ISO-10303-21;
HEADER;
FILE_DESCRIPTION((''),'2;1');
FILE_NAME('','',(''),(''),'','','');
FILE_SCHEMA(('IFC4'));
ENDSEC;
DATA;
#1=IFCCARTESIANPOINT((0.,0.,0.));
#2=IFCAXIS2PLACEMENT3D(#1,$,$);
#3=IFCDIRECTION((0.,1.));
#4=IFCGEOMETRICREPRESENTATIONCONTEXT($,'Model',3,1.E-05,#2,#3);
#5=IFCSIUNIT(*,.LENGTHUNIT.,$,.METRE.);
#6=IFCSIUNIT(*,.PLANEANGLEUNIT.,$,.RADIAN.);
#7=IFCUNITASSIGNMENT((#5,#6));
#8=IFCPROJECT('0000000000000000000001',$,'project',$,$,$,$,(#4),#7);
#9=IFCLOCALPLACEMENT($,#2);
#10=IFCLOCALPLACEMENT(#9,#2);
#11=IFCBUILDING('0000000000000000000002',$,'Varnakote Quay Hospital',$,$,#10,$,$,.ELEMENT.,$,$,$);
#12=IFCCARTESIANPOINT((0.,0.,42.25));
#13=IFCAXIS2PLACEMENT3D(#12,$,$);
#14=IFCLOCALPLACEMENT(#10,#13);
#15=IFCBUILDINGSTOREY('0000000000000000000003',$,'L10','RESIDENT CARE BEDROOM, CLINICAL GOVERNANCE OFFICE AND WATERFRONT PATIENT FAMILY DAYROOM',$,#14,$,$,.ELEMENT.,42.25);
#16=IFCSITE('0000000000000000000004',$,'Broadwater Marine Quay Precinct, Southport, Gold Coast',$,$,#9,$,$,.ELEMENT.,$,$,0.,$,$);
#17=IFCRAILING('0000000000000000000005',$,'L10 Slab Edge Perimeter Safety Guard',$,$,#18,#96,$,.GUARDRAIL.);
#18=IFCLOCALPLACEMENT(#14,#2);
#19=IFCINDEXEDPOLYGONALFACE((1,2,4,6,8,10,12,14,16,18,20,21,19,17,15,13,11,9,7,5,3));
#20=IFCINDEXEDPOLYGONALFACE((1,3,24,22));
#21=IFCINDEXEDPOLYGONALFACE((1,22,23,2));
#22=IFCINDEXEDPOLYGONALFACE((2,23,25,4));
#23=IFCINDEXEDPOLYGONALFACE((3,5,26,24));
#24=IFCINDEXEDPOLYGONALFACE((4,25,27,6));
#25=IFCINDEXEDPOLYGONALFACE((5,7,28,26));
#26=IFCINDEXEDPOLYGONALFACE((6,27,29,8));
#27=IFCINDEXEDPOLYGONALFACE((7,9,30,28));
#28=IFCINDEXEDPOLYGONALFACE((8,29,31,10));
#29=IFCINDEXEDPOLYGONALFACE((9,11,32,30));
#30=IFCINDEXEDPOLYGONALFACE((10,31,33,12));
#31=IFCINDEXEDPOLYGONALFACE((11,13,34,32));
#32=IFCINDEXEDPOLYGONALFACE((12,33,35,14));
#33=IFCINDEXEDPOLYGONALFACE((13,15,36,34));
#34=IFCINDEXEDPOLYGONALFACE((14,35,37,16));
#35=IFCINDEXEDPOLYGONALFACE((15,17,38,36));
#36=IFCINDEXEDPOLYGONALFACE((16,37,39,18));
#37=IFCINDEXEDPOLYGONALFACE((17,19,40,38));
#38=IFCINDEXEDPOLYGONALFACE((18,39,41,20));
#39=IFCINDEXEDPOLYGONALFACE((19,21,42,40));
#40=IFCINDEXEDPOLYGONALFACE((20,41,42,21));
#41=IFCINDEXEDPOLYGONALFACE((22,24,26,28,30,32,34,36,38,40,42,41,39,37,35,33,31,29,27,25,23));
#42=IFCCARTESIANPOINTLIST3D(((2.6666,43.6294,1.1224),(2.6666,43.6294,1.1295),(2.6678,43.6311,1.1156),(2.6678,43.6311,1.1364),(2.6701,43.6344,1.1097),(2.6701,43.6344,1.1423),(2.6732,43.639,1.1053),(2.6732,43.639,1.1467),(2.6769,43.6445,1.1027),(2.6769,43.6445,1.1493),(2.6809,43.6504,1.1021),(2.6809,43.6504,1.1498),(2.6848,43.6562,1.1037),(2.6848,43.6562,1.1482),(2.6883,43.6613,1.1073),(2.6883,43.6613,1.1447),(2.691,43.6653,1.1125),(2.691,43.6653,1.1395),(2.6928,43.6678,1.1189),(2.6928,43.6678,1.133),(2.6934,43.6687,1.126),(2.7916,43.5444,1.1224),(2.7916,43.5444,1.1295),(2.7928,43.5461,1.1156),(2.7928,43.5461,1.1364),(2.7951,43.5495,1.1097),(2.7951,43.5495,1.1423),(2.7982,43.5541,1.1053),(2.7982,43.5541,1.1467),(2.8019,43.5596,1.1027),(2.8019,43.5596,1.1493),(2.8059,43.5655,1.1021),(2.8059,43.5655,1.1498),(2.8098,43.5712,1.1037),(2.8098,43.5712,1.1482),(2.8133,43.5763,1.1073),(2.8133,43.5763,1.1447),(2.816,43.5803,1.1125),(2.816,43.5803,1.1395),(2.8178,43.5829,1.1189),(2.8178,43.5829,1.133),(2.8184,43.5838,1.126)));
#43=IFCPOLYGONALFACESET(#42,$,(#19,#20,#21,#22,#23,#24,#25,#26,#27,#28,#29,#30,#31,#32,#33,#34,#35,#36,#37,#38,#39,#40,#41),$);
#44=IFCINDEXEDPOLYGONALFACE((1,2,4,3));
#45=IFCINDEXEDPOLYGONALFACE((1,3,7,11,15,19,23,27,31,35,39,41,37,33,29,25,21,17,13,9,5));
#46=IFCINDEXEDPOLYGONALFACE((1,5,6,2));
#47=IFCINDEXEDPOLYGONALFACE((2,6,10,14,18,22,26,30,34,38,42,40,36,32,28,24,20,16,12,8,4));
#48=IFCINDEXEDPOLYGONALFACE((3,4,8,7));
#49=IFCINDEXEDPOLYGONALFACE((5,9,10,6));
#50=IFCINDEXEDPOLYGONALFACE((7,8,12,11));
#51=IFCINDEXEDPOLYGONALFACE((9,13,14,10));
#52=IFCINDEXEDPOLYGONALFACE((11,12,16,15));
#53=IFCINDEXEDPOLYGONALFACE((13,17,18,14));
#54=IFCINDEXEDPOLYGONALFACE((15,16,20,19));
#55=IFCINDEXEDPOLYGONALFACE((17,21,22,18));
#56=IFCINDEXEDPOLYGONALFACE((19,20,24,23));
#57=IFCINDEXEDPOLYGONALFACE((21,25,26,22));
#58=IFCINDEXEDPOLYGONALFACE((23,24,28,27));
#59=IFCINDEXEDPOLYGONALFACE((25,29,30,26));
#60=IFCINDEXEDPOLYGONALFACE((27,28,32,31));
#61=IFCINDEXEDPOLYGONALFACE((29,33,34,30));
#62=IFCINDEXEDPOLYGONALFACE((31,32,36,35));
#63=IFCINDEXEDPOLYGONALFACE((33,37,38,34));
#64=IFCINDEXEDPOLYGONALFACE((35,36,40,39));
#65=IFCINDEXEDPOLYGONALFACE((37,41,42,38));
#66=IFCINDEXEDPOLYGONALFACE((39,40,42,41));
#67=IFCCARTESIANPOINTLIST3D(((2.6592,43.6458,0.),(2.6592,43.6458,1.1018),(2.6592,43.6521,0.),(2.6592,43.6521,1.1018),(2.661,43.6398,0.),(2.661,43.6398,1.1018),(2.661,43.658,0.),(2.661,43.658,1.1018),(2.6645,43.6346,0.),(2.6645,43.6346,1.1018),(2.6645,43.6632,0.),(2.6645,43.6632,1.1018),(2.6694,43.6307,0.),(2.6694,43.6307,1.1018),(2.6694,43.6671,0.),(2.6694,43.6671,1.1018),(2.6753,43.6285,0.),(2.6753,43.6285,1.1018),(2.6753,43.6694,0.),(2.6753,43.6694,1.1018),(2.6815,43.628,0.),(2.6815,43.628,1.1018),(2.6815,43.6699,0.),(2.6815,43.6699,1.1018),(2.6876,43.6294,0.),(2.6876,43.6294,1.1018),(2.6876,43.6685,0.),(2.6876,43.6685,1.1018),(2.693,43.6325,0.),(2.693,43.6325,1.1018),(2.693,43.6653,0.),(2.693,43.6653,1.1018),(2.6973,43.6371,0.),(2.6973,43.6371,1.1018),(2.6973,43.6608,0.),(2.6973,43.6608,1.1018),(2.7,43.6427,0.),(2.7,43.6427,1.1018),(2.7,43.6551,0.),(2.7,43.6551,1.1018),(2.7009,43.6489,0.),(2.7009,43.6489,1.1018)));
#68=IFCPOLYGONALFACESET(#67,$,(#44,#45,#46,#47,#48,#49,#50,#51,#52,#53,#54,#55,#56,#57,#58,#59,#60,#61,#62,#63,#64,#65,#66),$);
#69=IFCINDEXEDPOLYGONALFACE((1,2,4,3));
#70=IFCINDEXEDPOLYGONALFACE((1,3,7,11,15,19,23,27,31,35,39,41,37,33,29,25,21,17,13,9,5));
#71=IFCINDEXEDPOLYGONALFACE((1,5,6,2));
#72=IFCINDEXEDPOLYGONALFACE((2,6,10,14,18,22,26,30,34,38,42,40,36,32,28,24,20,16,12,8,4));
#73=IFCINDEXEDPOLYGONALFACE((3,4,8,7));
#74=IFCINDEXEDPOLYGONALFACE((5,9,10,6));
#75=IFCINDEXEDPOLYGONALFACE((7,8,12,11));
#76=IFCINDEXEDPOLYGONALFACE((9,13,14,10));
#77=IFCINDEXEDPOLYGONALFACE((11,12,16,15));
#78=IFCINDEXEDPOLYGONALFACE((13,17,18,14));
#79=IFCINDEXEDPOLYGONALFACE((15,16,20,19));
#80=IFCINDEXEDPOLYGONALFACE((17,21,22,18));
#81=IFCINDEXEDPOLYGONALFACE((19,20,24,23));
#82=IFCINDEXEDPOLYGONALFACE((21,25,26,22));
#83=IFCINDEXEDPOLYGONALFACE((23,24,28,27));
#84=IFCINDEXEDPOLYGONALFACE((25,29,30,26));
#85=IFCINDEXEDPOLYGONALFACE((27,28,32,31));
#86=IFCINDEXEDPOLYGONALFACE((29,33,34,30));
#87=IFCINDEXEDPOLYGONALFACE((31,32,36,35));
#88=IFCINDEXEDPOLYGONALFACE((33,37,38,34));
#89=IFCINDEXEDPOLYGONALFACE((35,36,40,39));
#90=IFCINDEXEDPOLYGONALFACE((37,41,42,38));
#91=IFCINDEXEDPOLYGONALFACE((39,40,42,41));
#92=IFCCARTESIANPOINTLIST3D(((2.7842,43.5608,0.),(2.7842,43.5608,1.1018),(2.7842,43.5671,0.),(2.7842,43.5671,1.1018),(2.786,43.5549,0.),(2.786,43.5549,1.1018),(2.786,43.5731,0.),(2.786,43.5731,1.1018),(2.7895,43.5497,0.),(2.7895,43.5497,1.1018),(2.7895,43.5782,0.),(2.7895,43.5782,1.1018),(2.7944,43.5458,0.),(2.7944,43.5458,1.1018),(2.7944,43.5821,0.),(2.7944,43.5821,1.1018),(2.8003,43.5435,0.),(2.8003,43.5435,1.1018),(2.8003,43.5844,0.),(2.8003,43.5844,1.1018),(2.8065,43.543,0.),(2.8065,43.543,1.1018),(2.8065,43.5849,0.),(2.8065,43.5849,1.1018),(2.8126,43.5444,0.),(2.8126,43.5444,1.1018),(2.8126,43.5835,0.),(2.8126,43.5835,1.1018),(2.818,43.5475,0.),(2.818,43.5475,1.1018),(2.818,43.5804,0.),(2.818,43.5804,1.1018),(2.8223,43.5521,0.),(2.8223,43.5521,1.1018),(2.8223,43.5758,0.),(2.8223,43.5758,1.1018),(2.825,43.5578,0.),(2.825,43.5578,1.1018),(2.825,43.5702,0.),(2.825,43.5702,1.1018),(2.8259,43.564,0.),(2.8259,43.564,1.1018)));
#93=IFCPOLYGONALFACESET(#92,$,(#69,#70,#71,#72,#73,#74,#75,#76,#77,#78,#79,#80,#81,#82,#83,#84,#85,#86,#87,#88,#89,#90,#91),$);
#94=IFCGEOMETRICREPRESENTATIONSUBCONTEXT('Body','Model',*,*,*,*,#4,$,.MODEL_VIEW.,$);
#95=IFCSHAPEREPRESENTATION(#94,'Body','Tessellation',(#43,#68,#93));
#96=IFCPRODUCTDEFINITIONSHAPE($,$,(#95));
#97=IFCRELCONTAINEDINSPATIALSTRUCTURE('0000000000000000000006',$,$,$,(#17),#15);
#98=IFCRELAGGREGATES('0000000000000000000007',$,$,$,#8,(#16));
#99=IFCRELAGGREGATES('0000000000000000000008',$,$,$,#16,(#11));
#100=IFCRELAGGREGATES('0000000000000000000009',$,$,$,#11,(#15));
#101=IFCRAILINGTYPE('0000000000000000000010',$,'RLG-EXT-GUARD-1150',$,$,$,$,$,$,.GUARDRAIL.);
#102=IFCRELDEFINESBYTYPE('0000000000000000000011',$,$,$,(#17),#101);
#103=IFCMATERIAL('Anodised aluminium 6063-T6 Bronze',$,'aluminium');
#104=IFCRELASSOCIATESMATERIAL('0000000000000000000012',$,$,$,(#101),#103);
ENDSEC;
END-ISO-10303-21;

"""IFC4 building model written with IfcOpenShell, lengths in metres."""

from ifc_helpers import new_model, si_unit, direction, frame, origin, origin_2d, place, context, subcontext, project, spatial, circle, extrude, material, type_object, element, save


model = new_model("IFC4")

# Units and contexts
model_context = context("Model", 3, precision=1e-05, world=origin(), true_north=direction((0.0, 1.0)))
body_context = subcontext(model_context, "Body", "Model", "MODEL_VIEW")
ifc_project = project(units=[si_unit("LENGTHUNIT", "METRE"), si_unit("PLANEANGLEUNIT", "RADIAN")], contexts=[model_context])

# Site, building, storey
site_placement = place(None, origin())
site = spatial("IfcSite", under=ifc_project, at=site_placement, Name="Broadwater Marine Quay Precinct, Southport, Gold Coast", CompositionType="ELEMENT", RefElevation=0.0)
building_placement = place(site_placement, origin())
building = spatial("IfcBuilding", under=site, at=building_placement, Name="Varnakote Quay Hospital", CompositionType="ELEMENT")
storey_placement = place(building_placement, frame((0.0, 0.0, 42.25)))
storey = spatial("IfcBuildingStorey", under=building, at=storey_placement, Name="L10", Description="RESIDENT CARE BEDROOM, CLINICAL GOVERNANCE OFFICE AND WATERFRONT PATIENT FAMILY DAYROOM", CompositionType="ELEMENT", Elevation=42.25)

# Railing
ifc_material_1 = material(Name="Anodised aluminium 6063-T6 Bronze", Category="aluminium")
railing_type = type_object("IfcRailingType", Name="RLG-EXT-GUARD-1150", PredefinedType="GUARDRAIL", material=ifc_material_1)
railing_1_placement = place(storey_placement, frame((2.6799, 43.6489, 0.0)))
element("IfcRailing", 1, at=railing_1_placement, inside=storey, type_object=railing_type, Name="L10 Slab Edge Perimeter Safety Guard", PredefinedType="GUARDRAIL", context=body_context, shape_type="SweptSolid", body=[
    extrude(circle(Radius=0.0239, at=origin_2d()), frame((0.0, 0.0, 1.126), z_axis=(0.827047, -0.562133, 0.0), x_axis=(0.562133, 0.827047, 0.0)), (0.0, 0.0, 1.0), 0.1511),
    extrude(circle(Radius=0.021, at=origin_2d()), origin(), (0.0, 0.0, 1.0), 1.1018),
    extrude(circle(Radius=0.021, at=origin_2d()), frame((0.125, -0.085, 0.0)), (0.0, 0.0, 1.0), 1.1018),
])

save(model, "model.ifc")
